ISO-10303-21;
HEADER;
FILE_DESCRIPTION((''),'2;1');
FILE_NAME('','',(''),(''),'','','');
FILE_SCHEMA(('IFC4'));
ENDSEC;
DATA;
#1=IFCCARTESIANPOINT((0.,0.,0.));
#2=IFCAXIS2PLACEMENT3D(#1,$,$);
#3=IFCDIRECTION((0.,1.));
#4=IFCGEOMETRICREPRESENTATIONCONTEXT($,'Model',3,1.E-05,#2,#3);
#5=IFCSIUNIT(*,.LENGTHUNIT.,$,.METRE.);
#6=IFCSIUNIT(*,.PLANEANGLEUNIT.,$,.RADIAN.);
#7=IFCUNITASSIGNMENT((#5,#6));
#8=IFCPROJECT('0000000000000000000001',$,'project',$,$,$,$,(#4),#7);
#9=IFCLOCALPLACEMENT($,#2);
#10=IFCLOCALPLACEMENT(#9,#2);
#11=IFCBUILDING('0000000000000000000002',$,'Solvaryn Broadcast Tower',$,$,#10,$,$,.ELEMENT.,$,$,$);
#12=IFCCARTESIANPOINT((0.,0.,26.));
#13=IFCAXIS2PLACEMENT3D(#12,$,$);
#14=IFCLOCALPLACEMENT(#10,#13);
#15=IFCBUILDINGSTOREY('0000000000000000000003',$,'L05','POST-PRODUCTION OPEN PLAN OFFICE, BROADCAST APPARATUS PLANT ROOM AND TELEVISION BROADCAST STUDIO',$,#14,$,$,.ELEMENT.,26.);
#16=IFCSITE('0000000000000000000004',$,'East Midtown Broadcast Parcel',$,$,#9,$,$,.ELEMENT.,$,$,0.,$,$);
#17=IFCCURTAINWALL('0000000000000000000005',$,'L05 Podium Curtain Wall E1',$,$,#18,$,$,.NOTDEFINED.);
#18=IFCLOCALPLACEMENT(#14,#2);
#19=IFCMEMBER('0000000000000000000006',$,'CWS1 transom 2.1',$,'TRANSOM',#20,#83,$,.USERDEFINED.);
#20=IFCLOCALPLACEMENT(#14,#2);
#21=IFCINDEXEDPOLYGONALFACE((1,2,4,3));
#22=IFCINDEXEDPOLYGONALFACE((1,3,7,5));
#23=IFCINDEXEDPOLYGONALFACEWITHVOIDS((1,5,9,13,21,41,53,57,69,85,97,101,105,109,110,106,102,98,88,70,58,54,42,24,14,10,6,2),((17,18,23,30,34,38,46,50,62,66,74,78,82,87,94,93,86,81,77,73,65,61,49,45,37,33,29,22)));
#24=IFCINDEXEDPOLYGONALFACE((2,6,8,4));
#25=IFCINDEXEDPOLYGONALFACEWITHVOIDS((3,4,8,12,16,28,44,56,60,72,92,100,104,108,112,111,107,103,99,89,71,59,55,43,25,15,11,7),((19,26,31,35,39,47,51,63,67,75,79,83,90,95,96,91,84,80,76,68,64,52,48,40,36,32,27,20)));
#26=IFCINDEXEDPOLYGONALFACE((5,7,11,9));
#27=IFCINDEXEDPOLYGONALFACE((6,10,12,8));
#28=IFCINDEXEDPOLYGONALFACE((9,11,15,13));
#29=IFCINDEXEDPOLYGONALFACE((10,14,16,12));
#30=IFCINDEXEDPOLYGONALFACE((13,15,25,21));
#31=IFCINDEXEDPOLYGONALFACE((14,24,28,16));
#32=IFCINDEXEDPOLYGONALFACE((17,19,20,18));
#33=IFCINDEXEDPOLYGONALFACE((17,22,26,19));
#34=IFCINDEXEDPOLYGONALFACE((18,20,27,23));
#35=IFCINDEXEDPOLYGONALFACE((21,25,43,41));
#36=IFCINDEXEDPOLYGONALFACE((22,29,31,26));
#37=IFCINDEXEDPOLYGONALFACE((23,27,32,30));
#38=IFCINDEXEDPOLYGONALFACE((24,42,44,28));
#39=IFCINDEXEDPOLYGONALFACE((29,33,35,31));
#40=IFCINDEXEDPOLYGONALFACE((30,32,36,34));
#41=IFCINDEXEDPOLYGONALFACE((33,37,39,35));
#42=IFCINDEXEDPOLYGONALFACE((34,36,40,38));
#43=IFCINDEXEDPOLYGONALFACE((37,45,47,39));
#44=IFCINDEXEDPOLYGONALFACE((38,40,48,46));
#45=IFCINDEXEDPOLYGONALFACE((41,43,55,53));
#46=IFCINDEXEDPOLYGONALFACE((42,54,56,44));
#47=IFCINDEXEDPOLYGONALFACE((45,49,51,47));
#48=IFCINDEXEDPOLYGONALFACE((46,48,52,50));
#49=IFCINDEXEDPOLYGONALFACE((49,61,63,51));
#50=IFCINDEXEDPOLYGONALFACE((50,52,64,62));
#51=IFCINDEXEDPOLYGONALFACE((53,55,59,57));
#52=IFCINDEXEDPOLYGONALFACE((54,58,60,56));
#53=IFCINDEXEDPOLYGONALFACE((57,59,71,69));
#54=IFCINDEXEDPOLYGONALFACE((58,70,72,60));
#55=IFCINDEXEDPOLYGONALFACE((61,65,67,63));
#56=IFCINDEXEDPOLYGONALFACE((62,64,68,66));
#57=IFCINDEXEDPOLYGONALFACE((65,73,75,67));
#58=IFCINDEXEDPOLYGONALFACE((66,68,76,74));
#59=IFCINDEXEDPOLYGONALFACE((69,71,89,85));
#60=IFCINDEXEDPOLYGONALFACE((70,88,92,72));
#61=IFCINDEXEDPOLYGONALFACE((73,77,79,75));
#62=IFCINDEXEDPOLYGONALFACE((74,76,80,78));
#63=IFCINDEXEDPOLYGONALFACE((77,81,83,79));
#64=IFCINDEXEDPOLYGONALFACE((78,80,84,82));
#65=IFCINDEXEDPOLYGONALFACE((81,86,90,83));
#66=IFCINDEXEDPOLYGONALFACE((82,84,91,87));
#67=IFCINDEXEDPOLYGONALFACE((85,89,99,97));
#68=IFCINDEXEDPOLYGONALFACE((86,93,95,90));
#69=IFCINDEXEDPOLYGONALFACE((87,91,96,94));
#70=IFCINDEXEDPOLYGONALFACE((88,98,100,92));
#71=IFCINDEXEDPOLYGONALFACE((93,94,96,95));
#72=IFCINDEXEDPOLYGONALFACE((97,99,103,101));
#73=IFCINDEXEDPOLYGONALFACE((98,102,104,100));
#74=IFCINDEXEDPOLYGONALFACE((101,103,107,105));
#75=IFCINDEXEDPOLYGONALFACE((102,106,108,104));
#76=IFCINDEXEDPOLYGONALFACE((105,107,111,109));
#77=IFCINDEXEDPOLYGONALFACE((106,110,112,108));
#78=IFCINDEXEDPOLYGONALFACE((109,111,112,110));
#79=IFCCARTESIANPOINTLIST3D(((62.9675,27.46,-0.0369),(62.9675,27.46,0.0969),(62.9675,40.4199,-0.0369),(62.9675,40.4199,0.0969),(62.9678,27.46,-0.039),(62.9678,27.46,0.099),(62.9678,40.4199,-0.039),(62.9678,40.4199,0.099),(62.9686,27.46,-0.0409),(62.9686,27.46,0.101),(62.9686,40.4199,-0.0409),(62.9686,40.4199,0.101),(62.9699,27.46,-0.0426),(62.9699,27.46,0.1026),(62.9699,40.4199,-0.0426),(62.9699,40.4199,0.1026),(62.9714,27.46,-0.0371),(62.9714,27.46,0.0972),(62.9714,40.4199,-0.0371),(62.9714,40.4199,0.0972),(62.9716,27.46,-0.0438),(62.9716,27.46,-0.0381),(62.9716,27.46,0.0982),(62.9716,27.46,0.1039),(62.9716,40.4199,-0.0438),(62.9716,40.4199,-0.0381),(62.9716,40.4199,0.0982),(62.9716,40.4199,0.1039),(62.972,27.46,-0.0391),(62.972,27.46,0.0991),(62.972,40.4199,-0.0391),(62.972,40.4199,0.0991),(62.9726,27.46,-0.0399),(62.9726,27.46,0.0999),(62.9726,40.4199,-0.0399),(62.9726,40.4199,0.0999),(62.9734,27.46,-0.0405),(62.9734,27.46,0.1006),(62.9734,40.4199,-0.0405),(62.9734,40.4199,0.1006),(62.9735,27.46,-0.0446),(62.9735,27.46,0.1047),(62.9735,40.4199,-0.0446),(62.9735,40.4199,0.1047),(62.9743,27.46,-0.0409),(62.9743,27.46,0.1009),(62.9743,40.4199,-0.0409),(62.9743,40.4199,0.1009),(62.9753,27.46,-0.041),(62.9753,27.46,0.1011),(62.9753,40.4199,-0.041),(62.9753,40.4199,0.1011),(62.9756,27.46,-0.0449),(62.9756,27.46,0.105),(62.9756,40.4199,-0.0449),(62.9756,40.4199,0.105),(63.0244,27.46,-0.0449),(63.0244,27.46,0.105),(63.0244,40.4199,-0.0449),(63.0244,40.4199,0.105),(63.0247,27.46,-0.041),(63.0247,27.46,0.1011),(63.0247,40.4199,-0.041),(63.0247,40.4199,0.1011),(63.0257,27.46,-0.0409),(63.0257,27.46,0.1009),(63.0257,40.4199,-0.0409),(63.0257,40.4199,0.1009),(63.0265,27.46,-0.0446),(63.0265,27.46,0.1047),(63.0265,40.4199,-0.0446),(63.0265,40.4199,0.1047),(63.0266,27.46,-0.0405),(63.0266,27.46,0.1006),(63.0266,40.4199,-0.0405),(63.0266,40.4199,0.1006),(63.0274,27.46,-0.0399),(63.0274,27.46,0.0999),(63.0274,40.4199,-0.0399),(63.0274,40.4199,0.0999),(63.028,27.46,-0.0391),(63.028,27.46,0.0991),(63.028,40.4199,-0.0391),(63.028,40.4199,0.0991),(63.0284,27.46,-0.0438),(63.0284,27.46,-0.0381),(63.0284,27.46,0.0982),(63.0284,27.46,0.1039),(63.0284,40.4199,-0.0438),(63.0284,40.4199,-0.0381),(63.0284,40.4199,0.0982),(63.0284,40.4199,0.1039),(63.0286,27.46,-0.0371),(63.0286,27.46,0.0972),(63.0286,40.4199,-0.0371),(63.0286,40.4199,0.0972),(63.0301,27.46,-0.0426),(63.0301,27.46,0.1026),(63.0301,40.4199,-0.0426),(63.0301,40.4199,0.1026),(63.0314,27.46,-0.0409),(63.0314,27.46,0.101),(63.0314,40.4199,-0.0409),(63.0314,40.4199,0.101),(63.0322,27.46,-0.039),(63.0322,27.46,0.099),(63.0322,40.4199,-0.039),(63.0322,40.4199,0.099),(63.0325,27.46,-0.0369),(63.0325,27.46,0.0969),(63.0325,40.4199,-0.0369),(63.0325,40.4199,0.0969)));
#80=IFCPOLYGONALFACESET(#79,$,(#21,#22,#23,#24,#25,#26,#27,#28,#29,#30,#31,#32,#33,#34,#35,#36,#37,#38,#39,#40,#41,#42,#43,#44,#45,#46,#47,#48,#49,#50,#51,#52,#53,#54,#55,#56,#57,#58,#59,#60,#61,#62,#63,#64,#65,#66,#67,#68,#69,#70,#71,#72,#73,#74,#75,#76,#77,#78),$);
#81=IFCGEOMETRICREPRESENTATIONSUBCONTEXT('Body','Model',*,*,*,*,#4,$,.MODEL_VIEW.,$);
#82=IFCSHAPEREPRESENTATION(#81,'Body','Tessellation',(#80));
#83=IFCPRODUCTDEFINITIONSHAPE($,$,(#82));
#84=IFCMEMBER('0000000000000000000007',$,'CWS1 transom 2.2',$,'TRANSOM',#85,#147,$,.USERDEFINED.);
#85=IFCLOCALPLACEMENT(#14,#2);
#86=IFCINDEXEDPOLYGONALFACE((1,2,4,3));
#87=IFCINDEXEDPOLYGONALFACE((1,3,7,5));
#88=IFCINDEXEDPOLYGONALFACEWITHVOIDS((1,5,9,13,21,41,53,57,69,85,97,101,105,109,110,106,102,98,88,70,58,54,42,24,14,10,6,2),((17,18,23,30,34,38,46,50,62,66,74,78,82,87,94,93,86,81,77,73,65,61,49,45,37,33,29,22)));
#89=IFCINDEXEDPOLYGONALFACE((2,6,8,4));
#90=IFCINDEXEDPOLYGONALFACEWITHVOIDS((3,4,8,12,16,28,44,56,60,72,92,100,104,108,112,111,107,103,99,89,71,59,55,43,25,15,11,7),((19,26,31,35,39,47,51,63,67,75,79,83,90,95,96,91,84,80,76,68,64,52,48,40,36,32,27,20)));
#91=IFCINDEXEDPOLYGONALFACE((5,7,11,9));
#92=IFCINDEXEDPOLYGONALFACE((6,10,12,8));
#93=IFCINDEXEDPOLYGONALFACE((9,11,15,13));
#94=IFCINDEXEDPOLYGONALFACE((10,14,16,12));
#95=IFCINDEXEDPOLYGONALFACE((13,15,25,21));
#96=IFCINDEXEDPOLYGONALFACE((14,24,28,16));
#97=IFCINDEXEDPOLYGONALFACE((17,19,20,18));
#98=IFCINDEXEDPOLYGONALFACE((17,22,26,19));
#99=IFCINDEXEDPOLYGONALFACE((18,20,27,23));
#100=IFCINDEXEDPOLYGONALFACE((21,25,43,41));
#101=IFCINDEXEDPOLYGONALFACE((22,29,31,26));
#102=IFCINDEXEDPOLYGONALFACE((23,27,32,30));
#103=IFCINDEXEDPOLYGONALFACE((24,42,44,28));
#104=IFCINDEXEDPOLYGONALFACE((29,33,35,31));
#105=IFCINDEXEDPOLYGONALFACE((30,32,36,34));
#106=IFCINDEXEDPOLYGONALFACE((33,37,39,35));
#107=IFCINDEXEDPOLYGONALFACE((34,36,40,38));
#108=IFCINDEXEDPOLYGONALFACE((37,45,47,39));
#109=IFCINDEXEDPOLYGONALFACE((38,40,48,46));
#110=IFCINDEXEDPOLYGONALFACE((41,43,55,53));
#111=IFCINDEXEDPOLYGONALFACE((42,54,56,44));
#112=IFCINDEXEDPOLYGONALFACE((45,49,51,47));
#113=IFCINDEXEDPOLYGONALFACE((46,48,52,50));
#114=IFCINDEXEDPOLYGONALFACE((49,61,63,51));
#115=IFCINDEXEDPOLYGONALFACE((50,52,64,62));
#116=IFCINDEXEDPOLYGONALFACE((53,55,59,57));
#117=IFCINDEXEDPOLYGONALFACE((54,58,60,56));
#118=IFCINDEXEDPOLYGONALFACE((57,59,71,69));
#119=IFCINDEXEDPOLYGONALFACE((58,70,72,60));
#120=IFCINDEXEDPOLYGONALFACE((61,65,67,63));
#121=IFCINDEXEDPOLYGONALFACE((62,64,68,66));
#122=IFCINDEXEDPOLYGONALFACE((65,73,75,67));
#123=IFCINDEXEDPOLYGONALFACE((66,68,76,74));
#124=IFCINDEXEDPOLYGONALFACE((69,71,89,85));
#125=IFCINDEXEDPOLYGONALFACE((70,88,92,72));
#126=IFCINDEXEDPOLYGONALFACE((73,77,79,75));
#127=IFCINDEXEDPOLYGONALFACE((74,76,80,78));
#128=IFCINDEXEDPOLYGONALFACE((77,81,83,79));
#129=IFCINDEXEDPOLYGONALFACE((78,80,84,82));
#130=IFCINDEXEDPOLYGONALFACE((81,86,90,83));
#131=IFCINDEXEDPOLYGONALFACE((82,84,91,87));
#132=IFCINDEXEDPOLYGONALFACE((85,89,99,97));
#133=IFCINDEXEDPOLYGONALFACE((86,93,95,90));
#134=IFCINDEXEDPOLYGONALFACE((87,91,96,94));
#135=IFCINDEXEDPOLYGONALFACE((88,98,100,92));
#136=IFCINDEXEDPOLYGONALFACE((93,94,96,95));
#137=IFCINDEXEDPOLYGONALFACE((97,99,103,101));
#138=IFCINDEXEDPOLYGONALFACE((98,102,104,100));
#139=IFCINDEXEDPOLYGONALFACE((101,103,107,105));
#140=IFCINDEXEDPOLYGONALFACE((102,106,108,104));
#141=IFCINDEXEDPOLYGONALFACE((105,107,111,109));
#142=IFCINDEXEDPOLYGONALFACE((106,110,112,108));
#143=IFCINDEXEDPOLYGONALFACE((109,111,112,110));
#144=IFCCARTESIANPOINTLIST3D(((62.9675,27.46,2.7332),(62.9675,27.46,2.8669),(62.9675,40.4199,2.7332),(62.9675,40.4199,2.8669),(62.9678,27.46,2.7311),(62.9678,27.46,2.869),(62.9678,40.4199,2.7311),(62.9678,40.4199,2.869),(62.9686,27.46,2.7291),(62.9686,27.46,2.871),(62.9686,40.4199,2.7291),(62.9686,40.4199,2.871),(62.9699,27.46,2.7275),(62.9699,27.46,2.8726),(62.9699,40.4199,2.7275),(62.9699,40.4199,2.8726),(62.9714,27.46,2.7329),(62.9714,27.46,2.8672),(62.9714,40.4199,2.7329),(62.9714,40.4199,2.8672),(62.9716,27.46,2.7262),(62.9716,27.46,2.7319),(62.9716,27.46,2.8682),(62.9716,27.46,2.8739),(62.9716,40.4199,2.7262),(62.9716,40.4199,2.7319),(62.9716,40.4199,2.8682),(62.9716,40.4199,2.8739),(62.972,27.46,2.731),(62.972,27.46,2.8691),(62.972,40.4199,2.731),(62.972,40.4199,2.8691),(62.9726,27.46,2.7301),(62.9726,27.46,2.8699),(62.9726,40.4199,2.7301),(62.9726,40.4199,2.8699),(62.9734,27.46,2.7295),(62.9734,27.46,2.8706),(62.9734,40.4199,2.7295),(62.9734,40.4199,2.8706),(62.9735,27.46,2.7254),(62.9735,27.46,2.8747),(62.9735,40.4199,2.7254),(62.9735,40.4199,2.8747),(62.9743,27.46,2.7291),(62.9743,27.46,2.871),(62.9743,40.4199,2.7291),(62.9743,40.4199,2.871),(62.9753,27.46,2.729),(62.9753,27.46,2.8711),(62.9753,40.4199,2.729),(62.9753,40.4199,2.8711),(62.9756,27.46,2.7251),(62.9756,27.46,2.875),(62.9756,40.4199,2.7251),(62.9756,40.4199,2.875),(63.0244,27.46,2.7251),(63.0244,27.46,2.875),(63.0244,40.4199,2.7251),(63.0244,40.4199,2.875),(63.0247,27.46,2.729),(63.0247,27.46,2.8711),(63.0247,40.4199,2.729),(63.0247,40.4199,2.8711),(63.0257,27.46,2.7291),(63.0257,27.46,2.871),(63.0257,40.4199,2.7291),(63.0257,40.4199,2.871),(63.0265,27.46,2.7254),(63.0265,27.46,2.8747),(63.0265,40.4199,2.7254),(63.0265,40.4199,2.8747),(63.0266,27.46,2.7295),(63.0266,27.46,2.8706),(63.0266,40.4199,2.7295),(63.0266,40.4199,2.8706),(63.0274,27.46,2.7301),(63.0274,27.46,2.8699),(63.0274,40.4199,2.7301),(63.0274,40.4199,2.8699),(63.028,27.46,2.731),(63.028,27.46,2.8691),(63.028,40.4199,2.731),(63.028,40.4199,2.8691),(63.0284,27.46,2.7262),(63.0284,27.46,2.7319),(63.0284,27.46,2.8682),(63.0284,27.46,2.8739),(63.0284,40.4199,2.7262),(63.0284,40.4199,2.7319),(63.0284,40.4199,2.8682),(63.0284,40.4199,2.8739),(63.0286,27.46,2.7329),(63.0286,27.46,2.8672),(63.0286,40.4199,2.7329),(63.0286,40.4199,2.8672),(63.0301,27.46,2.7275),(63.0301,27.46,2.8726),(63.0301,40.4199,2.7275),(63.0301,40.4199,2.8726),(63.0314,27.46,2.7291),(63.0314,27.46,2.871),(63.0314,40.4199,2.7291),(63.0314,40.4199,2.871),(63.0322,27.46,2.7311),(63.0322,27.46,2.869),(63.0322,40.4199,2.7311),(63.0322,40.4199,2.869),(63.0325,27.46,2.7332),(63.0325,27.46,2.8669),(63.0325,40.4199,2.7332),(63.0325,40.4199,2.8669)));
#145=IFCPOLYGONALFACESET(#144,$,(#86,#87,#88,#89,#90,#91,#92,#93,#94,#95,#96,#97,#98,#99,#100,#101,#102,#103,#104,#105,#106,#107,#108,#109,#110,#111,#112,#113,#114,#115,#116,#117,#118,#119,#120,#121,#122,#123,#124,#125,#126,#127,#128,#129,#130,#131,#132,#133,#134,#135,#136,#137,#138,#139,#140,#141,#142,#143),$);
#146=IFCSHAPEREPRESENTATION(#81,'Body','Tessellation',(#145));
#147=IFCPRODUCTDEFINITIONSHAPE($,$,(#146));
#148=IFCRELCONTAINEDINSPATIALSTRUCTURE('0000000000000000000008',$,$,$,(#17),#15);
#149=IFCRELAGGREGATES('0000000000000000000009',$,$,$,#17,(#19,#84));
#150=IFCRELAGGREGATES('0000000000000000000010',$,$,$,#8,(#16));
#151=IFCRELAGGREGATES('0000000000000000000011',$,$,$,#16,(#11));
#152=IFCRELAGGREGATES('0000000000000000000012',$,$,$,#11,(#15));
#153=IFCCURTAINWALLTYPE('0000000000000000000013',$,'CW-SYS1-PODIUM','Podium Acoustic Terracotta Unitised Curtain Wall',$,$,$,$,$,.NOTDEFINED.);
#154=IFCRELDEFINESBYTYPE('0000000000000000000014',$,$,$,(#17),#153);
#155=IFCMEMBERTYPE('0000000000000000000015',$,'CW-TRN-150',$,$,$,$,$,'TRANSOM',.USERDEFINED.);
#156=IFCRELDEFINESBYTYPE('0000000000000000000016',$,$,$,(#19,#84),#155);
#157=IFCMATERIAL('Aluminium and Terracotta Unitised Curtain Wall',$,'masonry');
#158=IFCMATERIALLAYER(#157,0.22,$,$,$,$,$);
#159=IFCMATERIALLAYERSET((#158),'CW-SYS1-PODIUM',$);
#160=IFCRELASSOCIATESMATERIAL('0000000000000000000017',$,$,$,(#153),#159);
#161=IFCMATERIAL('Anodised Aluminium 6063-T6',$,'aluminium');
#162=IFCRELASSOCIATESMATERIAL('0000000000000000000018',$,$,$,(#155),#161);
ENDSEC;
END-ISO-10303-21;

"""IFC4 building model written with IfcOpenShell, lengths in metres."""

from ifc_helpers import new_model, si_unit, direction, frame, origin, origin_2d, place, context, subcontext, project, spatial, hollow_rectangle, extrude, material, layer, layer_set, material_profile, profile_set, type_object, element, aggregate, save


model = new_model("IFC4")

# Units and contexts
model_context = context("Model", 3, precision=1e-05, world=origin(), true_north=direction((0.0, 1.0)))
body_context = subcontext(model_context, "Body", "Model", "MODEL_VIEW")
ifc_project = project(units=[si_unit("LENGTHUNIT", "METRE"), si_unit("PLANEANGLEUNIT", "RADIAN")], contexts=[model_context])

# Site, building, storey
site_placement = place(None, origin())
site = spatial("IfcSite", under=ifc_project, at=site_placement, Name="East Midtown Broadcast Parcel", CompositionType="ELEMENT", RefElevation=0.0)
building_placement = place(site_placement, origin())
building = spatial("IfcBuilding", under=site, at=building_placement, Name="Solvaryn Broadcast Tower", CompositionType="ELEMENT")
storey_placement = place(building_placement, frame((0.0, 0.0, 26.0)))
storey = spatial("IfcBuildingStorey", under=building, at=storey_placement, Name="L05", Description="POST-PRODUCTION OPEN PLAN OFFICE, BROADCAST APPARATUS PLANT ROOM AND TELEVISION BROADCAST STUDIO", CompositionType="ELEMENT", Elevation=26.0)

# Curtain wall
ifc_material_1 = material(Name="Aluminium and Terracotta Unitised Curtain Wall", Category="masonry")
ifc_layer_1 = layer(ifc_material_1, 0.22)
ifc_layer_set_1 = layer_set([ifc_layer_1], Name="CW-SYS1-PODIUM")
curtain_wall_type = type_object("IfcCurtainWallType", Name="CW-SYS1-PODIUM", Description="Podium Acoustic Terracotta Unitised Curtain Wall", PredefinedType="NOTDEFINED", material=ifc_layer_set_1)
curtain_wall_1_placement = place(storey_placement, origin())
curtain_wall_1 = element("IfcCurtainWall", 1, at=curtain_wall_1_placement, inside=storey, type_object=curtain_wall_type, Name="L05 Podium Curtain Wall E1", PredefinedType="NOTDEFINED")

# Members
ifc_material_2 = material(Name="Anodised Aluminium 6063-T6", Category="aluminium")
ifc_material_profile_1 = material_profile(ifc_material_2, hollow_rectangle(XDim=0.0649, YDim=0.1499, WallThickness=0.0039, InnerFilletRadius=0.0039, OuterFilletRadius=0.0081, at=origin_2d()))
ifc_profile_set_1 = profile_set([ifc_material_profile_1], Name="Anodised Aluminium 6063-T6")
member_type_1 = type_object("IfcMemberType", Name="CW-TRN-150", ElementType="TRANSOM", PredefinedType="USERDEFINED", material=ifc_profile_set_1)
member_1_placement = place(storey_placement, frame((63.0, 40.4199, 0.03), z_axis=(0.0, -1.0, 0.0), x_axis=(1.0, 0.0, 0.0)))
member_1 = element("IfcMember", 2, at=member_1_placement, type_object=member_type_1, Name="CWS1 transom 2.1", ObjectType="TRANSOM", PredefinedType="USERDEFINED", context=body_context, shape_type="SweptSolid", body=[
    extrude(hollow_rectangle(XDim=0.0649, YDim=0.1499, WallThickness=0.0039, InnerFilletRadius=0.0039, OuterFilletRadius=0.0081, at=origin_2d()), origin(), (0.0, 0.0, 1.0), 12.96),
])
member_2_placement = place(storey_placement, frame((63.0, 40.4199, 2.8), z_axis=(0.0, -1.0, 0.0), x_axis=(1.0, 0.0, 0.0)))
member_2 = element("IfcMember", 3, at=member_2_placement, type_object=member_type_1, Name="CWS1 transom 2.2", ObjectType="TRANSOM", PredefinedType="USERDEFINED", context=body_context, shape_type="SweptSolid", body=[
    extrude(hollow_rectangle(XDim=0.0649, YDim=0.1499, WallThickness=0.0039, InnerFilletRadius=0.0039, OuterFilletRadius=0.0081, at=origin_2d()), origin(), (0.0, 0.0, 1.0), 12.96),
])

aggregate(curtain_wall_1, [member_1, member_2])

save(model, "model.ifc")
